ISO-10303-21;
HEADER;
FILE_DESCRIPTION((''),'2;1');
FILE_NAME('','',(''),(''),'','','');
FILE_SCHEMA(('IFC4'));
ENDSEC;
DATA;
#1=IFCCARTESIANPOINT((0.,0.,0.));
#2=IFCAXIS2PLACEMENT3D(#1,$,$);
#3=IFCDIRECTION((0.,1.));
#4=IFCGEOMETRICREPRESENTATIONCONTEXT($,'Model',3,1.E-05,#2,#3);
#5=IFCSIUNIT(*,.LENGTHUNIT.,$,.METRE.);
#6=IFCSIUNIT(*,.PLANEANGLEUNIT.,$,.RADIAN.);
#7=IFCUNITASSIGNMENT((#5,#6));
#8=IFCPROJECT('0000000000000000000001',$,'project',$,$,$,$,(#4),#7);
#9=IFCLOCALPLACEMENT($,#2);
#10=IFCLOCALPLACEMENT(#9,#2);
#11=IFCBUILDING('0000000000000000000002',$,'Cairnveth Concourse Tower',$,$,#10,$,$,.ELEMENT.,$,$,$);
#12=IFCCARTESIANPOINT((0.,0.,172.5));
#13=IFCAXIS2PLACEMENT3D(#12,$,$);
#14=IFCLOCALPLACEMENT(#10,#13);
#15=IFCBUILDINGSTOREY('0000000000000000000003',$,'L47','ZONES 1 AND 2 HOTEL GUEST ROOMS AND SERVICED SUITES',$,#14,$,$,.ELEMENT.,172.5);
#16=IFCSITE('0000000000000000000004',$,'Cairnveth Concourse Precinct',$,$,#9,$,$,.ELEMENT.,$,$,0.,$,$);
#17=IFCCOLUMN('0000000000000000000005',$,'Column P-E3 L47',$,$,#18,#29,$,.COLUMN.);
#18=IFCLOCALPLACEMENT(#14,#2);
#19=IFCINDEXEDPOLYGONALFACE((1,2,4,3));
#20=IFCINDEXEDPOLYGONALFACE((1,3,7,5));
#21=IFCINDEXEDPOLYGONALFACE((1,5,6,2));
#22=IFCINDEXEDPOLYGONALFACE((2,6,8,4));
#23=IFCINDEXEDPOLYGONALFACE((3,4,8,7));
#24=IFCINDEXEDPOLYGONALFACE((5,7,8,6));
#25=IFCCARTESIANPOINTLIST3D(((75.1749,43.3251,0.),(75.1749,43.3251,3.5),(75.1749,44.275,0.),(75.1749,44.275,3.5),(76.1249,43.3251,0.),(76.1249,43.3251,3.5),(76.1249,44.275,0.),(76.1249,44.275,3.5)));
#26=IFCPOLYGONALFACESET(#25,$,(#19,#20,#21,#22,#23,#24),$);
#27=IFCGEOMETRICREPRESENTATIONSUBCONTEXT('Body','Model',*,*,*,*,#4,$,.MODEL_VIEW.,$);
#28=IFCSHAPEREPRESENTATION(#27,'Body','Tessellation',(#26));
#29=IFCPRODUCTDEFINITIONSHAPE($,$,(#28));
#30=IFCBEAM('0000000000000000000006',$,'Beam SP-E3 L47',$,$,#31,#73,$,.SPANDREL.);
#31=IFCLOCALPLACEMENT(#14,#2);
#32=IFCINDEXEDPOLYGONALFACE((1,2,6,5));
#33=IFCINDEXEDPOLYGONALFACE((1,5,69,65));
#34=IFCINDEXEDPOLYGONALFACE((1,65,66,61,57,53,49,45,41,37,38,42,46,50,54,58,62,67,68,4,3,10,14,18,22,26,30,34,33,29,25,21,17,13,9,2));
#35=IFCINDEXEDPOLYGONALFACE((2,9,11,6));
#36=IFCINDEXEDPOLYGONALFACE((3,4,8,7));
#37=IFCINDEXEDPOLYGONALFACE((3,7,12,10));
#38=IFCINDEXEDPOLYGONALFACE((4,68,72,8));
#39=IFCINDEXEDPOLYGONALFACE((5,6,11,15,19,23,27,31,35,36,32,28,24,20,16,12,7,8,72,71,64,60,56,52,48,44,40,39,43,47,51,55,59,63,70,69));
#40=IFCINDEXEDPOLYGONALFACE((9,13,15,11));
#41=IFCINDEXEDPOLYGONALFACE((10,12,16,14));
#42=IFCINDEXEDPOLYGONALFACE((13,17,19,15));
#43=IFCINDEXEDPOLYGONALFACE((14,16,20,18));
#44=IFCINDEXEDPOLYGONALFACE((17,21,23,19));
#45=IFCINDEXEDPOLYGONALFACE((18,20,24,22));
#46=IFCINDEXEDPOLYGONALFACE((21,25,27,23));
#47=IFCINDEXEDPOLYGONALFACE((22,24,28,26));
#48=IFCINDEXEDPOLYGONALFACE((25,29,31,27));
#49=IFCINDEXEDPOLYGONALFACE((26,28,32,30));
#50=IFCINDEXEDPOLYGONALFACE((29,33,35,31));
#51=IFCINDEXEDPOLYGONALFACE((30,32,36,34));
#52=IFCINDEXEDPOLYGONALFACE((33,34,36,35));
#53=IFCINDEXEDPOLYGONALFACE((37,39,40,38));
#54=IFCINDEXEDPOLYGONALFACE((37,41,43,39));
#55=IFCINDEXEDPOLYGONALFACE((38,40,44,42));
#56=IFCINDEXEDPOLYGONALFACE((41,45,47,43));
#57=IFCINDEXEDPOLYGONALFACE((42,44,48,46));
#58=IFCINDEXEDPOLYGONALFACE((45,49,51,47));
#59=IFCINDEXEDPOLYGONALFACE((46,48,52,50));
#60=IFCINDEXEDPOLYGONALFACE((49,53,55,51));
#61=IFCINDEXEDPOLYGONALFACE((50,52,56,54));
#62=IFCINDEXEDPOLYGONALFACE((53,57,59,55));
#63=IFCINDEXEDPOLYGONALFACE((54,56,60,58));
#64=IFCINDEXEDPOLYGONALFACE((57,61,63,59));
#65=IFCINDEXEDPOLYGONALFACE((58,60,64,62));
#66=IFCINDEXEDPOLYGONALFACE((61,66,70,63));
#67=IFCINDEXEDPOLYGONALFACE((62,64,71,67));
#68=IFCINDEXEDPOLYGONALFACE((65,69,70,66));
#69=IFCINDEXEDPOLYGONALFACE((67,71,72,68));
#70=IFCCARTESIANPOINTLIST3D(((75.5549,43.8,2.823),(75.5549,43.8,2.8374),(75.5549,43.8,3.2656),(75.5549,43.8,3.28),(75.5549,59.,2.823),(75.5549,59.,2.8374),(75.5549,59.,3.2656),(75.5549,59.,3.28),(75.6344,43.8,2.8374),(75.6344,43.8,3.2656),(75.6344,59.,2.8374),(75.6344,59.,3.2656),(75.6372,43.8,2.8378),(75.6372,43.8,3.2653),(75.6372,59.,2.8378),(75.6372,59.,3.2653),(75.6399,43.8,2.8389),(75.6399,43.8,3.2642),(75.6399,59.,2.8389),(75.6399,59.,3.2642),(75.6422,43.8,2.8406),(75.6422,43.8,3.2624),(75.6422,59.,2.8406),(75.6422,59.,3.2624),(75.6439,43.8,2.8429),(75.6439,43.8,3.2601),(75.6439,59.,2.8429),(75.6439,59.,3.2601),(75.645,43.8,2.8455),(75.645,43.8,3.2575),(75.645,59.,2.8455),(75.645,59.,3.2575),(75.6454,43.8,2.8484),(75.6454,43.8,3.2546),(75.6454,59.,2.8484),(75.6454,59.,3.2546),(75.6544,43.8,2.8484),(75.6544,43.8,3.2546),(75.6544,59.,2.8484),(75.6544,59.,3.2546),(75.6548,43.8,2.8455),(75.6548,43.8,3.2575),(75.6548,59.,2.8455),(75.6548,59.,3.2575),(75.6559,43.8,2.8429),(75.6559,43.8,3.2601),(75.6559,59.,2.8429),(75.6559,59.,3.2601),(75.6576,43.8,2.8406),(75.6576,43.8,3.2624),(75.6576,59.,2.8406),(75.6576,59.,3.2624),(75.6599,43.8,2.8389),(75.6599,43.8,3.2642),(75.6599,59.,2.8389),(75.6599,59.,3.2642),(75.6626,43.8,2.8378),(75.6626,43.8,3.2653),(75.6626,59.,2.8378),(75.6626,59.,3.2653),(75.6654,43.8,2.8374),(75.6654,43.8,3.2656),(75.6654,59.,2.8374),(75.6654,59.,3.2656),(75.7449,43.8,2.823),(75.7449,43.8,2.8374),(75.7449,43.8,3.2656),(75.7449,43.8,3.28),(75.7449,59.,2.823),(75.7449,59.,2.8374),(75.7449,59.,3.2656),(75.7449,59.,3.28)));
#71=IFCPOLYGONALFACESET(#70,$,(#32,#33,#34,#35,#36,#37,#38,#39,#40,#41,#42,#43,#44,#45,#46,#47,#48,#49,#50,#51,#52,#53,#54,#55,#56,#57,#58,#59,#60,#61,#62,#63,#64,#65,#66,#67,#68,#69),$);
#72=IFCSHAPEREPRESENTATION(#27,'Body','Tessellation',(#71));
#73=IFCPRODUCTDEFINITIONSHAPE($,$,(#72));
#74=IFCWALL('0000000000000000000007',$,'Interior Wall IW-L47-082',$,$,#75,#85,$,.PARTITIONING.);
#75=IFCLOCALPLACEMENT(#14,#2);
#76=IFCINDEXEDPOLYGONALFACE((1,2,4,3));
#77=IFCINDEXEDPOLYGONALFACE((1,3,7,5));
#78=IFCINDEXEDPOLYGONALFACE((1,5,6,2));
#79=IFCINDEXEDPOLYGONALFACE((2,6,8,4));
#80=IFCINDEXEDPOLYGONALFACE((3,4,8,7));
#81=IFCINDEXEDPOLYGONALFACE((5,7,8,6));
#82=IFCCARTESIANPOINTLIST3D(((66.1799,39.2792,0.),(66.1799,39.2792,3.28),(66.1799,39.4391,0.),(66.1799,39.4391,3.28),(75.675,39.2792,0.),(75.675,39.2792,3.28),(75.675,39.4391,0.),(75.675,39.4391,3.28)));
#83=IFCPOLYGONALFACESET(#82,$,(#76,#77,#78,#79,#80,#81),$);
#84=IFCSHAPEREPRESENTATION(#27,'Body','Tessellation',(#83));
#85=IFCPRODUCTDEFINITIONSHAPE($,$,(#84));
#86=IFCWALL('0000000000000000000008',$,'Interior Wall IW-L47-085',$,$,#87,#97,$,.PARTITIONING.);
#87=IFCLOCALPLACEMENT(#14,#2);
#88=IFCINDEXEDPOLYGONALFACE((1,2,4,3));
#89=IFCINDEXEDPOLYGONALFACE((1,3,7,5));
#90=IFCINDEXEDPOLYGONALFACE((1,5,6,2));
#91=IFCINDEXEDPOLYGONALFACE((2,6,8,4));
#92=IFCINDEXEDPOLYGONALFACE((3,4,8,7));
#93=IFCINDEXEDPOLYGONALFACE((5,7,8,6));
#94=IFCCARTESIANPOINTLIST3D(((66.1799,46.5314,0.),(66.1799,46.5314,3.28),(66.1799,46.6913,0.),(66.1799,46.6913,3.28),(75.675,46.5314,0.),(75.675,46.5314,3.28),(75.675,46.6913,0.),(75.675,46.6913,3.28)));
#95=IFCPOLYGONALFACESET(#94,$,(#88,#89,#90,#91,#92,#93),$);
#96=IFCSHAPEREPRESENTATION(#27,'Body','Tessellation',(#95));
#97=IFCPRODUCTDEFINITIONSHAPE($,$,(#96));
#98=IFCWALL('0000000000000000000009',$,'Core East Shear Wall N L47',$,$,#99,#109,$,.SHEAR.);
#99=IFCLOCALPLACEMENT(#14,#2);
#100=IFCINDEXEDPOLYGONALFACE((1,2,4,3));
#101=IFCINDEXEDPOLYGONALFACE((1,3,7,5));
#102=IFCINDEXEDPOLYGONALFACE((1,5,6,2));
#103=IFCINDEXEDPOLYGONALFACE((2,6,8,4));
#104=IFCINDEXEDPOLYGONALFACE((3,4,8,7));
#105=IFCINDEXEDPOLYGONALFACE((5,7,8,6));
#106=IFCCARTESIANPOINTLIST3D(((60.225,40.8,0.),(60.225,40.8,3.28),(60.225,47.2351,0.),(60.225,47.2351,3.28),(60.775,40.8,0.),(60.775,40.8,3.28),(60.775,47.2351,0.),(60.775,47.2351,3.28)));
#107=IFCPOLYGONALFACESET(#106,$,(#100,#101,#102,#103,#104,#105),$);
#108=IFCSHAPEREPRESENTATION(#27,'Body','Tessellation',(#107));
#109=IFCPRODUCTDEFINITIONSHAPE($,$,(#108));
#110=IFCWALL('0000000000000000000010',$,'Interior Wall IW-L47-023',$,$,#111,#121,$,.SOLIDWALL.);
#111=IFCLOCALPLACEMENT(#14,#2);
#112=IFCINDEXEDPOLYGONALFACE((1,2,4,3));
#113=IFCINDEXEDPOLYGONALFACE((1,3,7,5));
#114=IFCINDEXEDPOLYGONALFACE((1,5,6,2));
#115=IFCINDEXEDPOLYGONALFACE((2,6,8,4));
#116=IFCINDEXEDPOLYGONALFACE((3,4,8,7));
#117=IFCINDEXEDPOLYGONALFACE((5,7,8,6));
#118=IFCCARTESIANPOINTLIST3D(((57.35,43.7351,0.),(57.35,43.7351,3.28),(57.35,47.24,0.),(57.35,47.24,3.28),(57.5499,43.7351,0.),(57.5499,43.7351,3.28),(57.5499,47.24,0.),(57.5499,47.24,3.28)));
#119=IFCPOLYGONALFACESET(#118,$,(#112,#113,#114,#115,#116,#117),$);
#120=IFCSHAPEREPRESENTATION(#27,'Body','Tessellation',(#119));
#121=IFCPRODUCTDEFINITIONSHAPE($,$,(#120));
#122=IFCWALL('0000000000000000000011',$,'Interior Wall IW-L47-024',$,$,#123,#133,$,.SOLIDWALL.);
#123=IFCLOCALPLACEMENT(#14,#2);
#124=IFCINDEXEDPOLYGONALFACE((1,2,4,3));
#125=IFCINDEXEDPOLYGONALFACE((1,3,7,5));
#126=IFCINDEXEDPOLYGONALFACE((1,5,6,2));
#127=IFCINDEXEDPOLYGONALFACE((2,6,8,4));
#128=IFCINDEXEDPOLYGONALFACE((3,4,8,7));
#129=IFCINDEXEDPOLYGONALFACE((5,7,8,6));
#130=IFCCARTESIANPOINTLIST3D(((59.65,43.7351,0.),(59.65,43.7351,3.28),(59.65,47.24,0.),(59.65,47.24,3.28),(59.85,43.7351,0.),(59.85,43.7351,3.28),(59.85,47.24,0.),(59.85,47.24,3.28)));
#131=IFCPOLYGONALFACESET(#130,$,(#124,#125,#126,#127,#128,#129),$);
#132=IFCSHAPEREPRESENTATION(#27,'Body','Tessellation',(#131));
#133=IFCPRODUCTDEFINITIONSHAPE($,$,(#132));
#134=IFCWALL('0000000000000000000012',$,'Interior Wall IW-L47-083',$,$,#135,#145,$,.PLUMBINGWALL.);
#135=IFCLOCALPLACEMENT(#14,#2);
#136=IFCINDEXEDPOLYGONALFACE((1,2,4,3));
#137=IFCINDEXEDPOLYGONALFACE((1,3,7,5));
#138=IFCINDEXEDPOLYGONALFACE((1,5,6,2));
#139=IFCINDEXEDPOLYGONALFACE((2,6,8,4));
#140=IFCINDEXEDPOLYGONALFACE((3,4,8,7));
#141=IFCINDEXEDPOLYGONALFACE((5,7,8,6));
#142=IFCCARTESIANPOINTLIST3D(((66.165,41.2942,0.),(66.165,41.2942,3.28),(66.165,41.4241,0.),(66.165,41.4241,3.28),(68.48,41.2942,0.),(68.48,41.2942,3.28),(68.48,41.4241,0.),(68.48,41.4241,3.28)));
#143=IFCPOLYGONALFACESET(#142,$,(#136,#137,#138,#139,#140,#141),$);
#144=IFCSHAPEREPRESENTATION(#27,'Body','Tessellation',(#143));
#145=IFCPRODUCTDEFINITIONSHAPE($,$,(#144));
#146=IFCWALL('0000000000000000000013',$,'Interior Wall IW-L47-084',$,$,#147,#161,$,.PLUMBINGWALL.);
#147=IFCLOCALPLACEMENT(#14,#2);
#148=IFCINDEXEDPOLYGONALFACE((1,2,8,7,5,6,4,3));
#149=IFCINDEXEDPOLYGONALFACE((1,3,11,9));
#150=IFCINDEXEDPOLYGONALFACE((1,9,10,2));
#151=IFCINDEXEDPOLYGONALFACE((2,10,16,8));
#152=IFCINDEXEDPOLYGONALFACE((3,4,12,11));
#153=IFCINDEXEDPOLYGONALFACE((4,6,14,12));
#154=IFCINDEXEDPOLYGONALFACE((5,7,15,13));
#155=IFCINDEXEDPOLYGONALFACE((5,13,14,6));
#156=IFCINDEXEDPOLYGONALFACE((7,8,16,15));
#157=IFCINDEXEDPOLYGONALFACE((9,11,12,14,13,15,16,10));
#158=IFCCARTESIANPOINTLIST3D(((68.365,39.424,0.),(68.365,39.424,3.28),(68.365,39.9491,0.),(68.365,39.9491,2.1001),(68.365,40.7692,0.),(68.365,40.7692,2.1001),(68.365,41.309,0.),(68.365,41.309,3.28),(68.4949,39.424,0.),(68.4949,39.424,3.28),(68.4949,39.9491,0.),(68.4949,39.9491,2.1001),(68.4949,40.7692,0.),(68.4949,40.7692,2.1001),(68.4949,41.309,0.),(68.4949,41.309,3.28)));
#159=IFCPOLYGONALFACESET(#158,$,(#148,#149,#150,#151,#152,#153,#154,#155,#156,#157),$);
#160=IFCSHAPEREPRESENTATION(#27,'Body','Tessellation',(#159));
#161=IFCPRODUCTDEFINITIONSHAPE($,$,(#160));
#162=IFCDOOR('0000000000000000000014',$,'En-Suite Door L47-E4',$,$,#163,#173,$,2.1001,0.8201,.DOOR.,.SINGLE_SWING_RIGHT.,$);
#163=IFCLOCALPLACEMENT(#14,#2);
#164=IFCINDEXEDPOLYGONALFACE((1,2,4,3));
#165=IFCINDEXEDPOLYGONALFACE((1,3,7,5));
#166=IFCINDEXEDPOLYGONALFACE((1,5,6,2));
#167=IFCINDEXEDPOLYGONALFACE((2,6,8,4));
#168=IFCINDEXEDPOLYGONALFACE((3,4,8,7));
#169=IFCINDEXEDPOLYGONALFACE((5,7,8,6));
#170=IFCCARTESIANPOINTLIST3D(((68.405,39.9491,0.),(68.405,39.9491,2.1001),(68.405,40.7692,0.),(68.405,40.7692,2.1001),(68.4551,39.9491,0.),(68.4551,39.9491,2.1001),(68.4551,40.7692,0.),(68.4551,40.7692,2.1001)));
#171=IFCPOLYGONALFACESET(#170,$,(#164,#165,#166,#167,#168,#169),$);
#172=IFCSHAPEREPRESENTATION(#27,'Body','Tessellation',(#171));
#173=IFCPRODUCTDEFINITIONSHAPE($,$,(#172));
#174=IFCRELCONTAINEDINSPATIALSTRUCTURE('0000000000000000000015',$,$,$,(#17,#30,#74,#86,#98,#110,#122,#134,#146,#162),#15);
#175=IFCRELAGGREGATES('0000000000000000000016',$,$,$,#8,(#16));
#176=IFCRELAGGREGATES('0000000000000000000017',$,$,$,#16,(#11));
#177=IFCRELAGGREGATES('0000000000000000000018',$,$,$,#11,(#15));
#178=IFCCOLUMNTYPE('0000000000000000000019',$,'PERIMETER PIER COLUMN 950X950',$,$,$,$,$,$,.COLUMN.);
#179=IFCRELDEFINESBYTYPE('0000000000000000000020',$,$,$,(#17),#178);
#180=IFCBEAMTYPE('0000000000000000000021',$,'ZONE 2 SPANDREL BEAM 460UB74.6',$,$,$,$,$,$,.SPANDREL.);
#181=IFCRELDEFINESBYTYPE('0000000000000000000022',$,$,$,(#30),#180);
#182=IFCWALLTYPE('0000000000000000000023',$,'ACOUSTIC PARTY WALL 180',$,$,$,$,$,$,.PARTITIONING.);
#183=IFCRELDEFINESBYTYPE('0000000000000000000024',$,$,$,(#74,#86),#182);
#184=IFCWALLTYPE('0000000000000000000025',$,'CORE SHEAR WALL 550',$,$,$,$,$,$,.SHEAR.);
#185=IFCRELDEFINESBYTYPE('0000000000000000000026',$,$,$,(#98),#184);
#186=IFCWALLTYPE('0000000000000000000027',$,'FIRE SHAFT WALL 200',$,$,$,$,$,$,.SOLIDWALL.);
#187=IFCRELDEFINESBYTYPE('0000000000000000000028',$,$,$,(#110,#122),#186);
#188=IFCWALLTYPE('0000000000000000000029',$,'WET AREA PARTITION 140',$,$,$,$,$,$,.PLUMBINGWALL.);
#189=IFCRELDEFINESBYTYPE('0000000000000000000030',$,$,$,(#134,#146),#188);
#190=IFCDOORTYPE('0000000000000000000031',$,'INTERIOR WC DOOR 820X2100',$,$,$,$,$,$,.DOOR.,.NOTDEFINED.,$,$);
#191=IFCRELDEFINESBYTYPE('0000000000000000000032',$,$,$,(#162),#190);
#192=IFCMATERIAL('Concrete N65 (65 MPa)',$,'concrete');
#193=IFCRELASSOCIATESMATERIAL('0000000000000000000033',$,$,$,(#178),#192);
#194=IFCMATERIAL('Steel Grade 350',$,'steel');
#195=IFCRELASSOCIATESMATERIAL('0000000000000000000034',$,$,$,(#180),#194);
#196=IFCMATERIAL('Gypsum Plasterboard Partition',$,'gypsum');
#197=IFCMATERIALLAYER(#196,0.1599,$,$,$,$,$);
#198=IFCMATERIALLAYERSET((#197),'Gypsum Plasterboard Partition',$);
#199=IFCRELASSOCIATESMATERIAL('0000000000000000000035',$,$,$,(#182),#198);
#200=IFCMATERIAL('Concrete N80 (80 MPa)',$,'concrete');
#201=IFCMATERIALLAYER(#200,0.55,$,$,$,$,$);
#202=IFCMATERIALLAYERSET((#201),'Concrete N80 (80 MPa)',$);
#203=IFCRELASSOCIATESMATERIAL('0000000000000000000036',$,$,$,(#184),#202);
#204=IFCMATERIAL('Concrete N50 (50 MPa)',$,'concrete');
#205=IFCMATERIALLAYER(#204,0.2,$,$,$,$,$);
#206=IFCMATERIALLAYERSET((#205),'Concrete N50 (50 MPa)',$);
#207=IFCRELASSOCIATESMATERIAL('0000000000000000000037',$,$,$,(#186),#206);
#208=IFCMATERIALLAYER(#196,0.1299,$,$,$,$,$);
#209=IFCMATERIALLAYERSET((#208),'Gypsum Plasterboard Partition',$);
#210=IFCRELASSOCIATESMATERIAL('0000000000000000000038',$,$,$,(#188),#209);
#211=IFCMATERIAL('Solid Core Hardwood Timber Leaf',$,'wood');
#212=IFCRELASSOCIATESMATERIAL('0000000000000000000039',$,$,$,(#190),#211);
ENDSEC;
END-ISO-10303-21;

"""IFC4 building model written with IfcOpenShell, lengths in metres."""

from ifc_helpers import new_model, si_unit, direction, frame, frame_2d, origin, origin_2d, place, context, subcontext, project, spatial, rectangle, i_section, extrude, material, layer, layer_set, material_profile, profile_set, type_object, element, fill, save


model = new_model("IFC4")

# Units and contexts
model_context = context("Model", 3, precision=1e-05, world=origin(), true_north=direction((0.0, 1.0)))
body_context = subcontext(model_context, "Body", "Model", "MODEL_VIEW")
ifc_project = project(units=[si_unit("LENGTHUNIT", "METRE"), si_unit("PLANEANGLEUNIT", "RADIAN")], contexts=[model_context])

# Site, building, storey
site_placement = place(None, origin())
site = spatial("IfcSite", under=ifc_project, at=site_placement, Name="Cairnveth Concourse Precinct", CompositionType="ELEMENT", RefElevation=0.0)
building_placement = place(site_placement, origin())
building = spatial("IfcBuilding", under=site, at=building_placement, Name="Cairnveth Concourse Tower", CompositionType="ELEMENT")
storey_placement = place(building_placement, frame((0.0, 0.0, 172.5)))
storey = spatial("IfcBuildingStorey", under=building, at=storey_placement, Name="L47", Description="ZONES 1 AND 2 HOTEL GUEST ROOMS AND SERVICED SUITES", CompositionType="ELEMENT", Elevation=172.5)

# Column
ifc_material_1 = material(Name="Concrete N65 (65 MPa)", Category="concrete")
ifc_material_profile_1 = material_profile(ifc_material_1, rectangle(XDim=0.95, YDim=0.95, at=origin_2d()), Name="RC-COL-950x950")
ifc_profile_set_1 = profile_set([ifc_material_profile_1], Name="Concrete N65 (65 MPa)")
column_type = type_object("IfcColumnType", Name="PERIMETER PIER COLUMN 950X950", PredefinedType="COLUMN", material=ifc_profile_set_1)
column_placement = place(storey_placement, frame((75.6499, 43.8, 0.0), z_axis=(0.0, 0.0, 1.0), x_axis=(0.0, 1.0, 0.0)))
element("IfcColumn", 1, at=column_placement, inside=storey, type_object=column_type, Name="Column P-E3 L47", PredefinedType="COLUMN", context=body_context, shape_type="SweptSolid", body=[
    extrude(rectangle(XDim=0.95, YDim=0.95, at=origin_2d()), origin(), (0.0, 0.0, 1.0), 3.5),
])

# Beam
ifc_material_2 = material(Name="Steel Grade 350", Category="steel")
ifc_material_profile_2 = material_profile(ifc_material_2, i_section(OverallWidth=0.1899, OverallDepth=0.457, WebThickness=0.009, FlangeThickness=0.0144, FilletRadius=0.011, at=origin_2d()), Name="460UB74.6")
ifc_profile_set_2 = profile_set([ifc_material_profile_2], Name="Steel Grade 350")
beam_type = type_object("IfcBeamType", Name="ZONE 2 SPANDREL BEAM 460UB74.6", PredefinedType="SPANDREL", material=ifc_profile_set_2)
beam_placement = place(storey_placement, frame((75.6499, 43.8, 3.0515), z_axis=(0.0, 1.0, 0.0), x_axis=(-1.0, 0.0, 0.0)))
element("IfcBeam", 2, at=beam_placement, inside=storey, type_object=beam_type, Name="Beam SP-E3 L47", PredefinedType="SPANDREL", context=body_context, shape_type="SweptSolid", body=[
    extrude(i_section(OverallWidth=0.1899, OverallDepth=0.457, WebThickness=0.009, FlangeThickness=0.0144, FilletRadius=0.011, at=origin_2d()), origin(), (0.0, 0.0, 1.0), 15.2),
])

# Walls
ifc_material_3 = material(Name="Gypsum Plasterboard Partition", Category="gypsum")
ifc_layer_1 = layer(ifc_material_3, 0.1599)
ifc_layer_set_1 = layer_set([ifc_layer_1], Name="Gypsum Plasterboard Partition")
wall_type_1 = type_object("IfcWallType", Name="ACOUSTIC PARTY WALL 180", PredefinedType="PARTITIONING", material=ifc_layer_set_1)
for number, where, z_axis, x_axis, name in (
    (3, (66.1799, 39.3591, 0.0), (0.0, 0.0, 1.0), (1.0, 0.0, 0.0), "Interior Wall IW-L47-082"),
    (4, (66.1799, 46.6113, 0.0), (0.0, 0.0, 1.0), (1.0, 0.0, 0.0), "Interior Wall IW-L47-085"),
):
    element("IfcWall", number, at=place(storey_placement, frame(where, z_axis=z_axis, x_axis=x_axis)), inside=storey, type_object=wall_type_1, Name=name, PredefinedType="PARTITIONING", context=body_context, shape_type="SweptSolid", body=[
        extrude(rectangle(XDim=9.4951, YDim=0.1599, at=frame_2d((4.7476, 0.0))), origin(), (0.0, 0.0, 1.0), 3.28),
    ])
ifc_material_4 = material(Name="Concrete N80 (80 MPa)", Category="concrete")
ifc_layer_2 = layer(ifc_material_4, 0.55)
ifc_layer_set_2 = layer_set([ifc_layer_2], Name="Concrete N80 (80 MPa)")
wall_type_2 = type_object("IfcWallType", Name="CORE SHEAR WALL 550", PredefinedType="SHEAR", material=ifc_layer_set_2)
wall_1_placement = place(storey_placement, frame((60.5, 40.8, 0.0), z_axis=(0.0, 0.0, 1.0), x_axis=(0.0, 1.0, 0.0)))
element("IfcWall", 5, at=wall_1_placement, inside=storey, type_object=wall_type_2, Name="Core East Shear Wall N L47", PredefinedType="SHEAR", context=body_context, shape_type="SweptSolid", body=[
    extrude(rectangle(XDim=6.4351, YDim=0.55, at=frame_2d((3.2175, 0.0))), origin(), (0.0, 0.0, 1.0), 3.28),
])

# Shared definitions
ifc_material_5 = material(Name="Concrete N50 (50 MPa)", Category="concrete")
ifc_layer_3 = layer(ifc_material_5, 0.2)
ifc_layer_set_3 = layer_set([ifc_layer_3], Name="Concrete N50 (50 MPa)")
wall_type_3 = type_object("IfcWallType", Name="FIRE SHAFT WALL 200", PredefinedType="SOLIDWALL", material=ifc_layer_set_3)

# Walls
for number, where, z_axis, x_axis, name in (
    (6, (57.45, 43.7351, 0.0), (0.0, 0.0, 1.0), (0.0, 1.0, 0.0), "Interior Wall IW-L47-023"),
    (7, (59.75, 43.7351, 0.0), (0.0, 0.0, 1.0), (0.0, 1.0, 0.0), "Interior Wall IW-L47-024"),
):
    element("IfcWall", number, at=place(storey_placement, frame(where, z_axis=z_axis, x_axis=x_axis)), inside=storey, type_object=wall_type_3, Name=name, PredefinedType="SOLIDWALL", context=body_context, shape_type="SweptSolid", body=[
        extrude(rectangle(XDim=3.5049, YDim=0.2, at=frame_2d((1.7524, 0.0))), origin(), (0.0, 0.0, 1.0), 3.28),
    ])
ifc_layer_4 = layer(ifc_material_3, 0.1299)
ifc_layer_set_4 = layer_set([ifc_layer_4], Name="Gypsum Plasterboard Partition")
wall_type_4 = type_object("IfcWallType", Name="WET AREA PARTITION 140", PredefinedType="PLUMBINGWALL", material=ifc_layer_set_4)
wall_2_placement = place(storey_placement, frame((66.165, 41.3591, 0.0), z_axis=(0.0, 0.0, 1.0), x_axis=(1.0, 0.0, 0.0)))
element("IfcWall", 8, at=wall_2_placement, inside=storey, type_object=wall_type_4, Name="Interior Wall IW-L47-083", PredefinedType="PLUMBINGWALL", context=body_context, shape_type="SweptSolid", body=[
    extrude(rectangle(XDim=2.3149, YDim=0.1299, at=frame_2d((1.1575, 0.0))), origin(), (0.0, 0.0, 1.0), 3.28),
])

# Wall, opening, door
wall_3_placement = place(storey_placement, frame((68.4299, 39.4241, 0.0), z_axis=(0.0, 0.0, 1.0), x_axis=(0.0, 1.0, 0.0)))
wall_3 = element("IfcWall", 9, at=wall_3_placement, inside=storey, type_object=wall_type_4, Name="Interior Wall IW-L47-084", PredefinedType="PLUMBINGWALL", context=body_context, shape_type="SweptSolid", body=[
    extrude(rectangle(XDim=1.885, YDim=0.1299, at=frame_2d((0.9424, 0.0))), origin(), (0.0, 0.0, 1.0), 3.28),
])
opening_1_placement = place(wall_3_placement, frame((0.5249, 0.0, 0.0)))
opening_1 = element("IfcOpeningElement", 10, at=opening_1_placement, cuts=wall_3, PredefinedType="OPENING", context=body_context, shape_type="SweptSolid", body=[
    extrude(rectangle(XDim=0.8201, YDim=2.1001, at=frame_2d((0.4102, 1.05))), frame((0.0, 0.075, 0.0), z_axis=(0.0, -1.0, 0.0), x_axis=(1.0, 0.0, 0.0)), (0.0, 0.0, 1.0), 0.1499),
])
ifc_material_6 = material(Name="Solid Core Hardwood Timber Leaf", Category="wood")
door_type_1 = type_object("IfcDoorType", Name="INTERIOR WC DOOR 820X2100", OperationType="NOTDEFINED", PredefinedType="DOOR", material=ifc_material_6)
door_1_placement = place(opening_1_placement, origin())
door_1 = element("IfcDoor", 11, at=door_1_placement, inside=storey, type_object=door_type_1, Name="En-Suite Door L47-E4", OperationType="SINGLE_SWING_RIGHT", OverallHeight=2.1001, OverallWidth=0.8201, PredefinedType="DOOR", context=body_context, shape_type="SweptSolid", body=[
    extrude(rectangle(XDim=0.8201, YDim=2.1001, at=frame_2d((0.4102, 1.05))), frame((0.0, 0.0249, 0.0), z_axis=(0.0, -1.0, 0.0), x_axis=(1.0, 0.0, 0.0)), (0.0, 0.0, 1.0), 0.05),
])
fill(opening_1, door_1)

save(model, "model.ifc")
